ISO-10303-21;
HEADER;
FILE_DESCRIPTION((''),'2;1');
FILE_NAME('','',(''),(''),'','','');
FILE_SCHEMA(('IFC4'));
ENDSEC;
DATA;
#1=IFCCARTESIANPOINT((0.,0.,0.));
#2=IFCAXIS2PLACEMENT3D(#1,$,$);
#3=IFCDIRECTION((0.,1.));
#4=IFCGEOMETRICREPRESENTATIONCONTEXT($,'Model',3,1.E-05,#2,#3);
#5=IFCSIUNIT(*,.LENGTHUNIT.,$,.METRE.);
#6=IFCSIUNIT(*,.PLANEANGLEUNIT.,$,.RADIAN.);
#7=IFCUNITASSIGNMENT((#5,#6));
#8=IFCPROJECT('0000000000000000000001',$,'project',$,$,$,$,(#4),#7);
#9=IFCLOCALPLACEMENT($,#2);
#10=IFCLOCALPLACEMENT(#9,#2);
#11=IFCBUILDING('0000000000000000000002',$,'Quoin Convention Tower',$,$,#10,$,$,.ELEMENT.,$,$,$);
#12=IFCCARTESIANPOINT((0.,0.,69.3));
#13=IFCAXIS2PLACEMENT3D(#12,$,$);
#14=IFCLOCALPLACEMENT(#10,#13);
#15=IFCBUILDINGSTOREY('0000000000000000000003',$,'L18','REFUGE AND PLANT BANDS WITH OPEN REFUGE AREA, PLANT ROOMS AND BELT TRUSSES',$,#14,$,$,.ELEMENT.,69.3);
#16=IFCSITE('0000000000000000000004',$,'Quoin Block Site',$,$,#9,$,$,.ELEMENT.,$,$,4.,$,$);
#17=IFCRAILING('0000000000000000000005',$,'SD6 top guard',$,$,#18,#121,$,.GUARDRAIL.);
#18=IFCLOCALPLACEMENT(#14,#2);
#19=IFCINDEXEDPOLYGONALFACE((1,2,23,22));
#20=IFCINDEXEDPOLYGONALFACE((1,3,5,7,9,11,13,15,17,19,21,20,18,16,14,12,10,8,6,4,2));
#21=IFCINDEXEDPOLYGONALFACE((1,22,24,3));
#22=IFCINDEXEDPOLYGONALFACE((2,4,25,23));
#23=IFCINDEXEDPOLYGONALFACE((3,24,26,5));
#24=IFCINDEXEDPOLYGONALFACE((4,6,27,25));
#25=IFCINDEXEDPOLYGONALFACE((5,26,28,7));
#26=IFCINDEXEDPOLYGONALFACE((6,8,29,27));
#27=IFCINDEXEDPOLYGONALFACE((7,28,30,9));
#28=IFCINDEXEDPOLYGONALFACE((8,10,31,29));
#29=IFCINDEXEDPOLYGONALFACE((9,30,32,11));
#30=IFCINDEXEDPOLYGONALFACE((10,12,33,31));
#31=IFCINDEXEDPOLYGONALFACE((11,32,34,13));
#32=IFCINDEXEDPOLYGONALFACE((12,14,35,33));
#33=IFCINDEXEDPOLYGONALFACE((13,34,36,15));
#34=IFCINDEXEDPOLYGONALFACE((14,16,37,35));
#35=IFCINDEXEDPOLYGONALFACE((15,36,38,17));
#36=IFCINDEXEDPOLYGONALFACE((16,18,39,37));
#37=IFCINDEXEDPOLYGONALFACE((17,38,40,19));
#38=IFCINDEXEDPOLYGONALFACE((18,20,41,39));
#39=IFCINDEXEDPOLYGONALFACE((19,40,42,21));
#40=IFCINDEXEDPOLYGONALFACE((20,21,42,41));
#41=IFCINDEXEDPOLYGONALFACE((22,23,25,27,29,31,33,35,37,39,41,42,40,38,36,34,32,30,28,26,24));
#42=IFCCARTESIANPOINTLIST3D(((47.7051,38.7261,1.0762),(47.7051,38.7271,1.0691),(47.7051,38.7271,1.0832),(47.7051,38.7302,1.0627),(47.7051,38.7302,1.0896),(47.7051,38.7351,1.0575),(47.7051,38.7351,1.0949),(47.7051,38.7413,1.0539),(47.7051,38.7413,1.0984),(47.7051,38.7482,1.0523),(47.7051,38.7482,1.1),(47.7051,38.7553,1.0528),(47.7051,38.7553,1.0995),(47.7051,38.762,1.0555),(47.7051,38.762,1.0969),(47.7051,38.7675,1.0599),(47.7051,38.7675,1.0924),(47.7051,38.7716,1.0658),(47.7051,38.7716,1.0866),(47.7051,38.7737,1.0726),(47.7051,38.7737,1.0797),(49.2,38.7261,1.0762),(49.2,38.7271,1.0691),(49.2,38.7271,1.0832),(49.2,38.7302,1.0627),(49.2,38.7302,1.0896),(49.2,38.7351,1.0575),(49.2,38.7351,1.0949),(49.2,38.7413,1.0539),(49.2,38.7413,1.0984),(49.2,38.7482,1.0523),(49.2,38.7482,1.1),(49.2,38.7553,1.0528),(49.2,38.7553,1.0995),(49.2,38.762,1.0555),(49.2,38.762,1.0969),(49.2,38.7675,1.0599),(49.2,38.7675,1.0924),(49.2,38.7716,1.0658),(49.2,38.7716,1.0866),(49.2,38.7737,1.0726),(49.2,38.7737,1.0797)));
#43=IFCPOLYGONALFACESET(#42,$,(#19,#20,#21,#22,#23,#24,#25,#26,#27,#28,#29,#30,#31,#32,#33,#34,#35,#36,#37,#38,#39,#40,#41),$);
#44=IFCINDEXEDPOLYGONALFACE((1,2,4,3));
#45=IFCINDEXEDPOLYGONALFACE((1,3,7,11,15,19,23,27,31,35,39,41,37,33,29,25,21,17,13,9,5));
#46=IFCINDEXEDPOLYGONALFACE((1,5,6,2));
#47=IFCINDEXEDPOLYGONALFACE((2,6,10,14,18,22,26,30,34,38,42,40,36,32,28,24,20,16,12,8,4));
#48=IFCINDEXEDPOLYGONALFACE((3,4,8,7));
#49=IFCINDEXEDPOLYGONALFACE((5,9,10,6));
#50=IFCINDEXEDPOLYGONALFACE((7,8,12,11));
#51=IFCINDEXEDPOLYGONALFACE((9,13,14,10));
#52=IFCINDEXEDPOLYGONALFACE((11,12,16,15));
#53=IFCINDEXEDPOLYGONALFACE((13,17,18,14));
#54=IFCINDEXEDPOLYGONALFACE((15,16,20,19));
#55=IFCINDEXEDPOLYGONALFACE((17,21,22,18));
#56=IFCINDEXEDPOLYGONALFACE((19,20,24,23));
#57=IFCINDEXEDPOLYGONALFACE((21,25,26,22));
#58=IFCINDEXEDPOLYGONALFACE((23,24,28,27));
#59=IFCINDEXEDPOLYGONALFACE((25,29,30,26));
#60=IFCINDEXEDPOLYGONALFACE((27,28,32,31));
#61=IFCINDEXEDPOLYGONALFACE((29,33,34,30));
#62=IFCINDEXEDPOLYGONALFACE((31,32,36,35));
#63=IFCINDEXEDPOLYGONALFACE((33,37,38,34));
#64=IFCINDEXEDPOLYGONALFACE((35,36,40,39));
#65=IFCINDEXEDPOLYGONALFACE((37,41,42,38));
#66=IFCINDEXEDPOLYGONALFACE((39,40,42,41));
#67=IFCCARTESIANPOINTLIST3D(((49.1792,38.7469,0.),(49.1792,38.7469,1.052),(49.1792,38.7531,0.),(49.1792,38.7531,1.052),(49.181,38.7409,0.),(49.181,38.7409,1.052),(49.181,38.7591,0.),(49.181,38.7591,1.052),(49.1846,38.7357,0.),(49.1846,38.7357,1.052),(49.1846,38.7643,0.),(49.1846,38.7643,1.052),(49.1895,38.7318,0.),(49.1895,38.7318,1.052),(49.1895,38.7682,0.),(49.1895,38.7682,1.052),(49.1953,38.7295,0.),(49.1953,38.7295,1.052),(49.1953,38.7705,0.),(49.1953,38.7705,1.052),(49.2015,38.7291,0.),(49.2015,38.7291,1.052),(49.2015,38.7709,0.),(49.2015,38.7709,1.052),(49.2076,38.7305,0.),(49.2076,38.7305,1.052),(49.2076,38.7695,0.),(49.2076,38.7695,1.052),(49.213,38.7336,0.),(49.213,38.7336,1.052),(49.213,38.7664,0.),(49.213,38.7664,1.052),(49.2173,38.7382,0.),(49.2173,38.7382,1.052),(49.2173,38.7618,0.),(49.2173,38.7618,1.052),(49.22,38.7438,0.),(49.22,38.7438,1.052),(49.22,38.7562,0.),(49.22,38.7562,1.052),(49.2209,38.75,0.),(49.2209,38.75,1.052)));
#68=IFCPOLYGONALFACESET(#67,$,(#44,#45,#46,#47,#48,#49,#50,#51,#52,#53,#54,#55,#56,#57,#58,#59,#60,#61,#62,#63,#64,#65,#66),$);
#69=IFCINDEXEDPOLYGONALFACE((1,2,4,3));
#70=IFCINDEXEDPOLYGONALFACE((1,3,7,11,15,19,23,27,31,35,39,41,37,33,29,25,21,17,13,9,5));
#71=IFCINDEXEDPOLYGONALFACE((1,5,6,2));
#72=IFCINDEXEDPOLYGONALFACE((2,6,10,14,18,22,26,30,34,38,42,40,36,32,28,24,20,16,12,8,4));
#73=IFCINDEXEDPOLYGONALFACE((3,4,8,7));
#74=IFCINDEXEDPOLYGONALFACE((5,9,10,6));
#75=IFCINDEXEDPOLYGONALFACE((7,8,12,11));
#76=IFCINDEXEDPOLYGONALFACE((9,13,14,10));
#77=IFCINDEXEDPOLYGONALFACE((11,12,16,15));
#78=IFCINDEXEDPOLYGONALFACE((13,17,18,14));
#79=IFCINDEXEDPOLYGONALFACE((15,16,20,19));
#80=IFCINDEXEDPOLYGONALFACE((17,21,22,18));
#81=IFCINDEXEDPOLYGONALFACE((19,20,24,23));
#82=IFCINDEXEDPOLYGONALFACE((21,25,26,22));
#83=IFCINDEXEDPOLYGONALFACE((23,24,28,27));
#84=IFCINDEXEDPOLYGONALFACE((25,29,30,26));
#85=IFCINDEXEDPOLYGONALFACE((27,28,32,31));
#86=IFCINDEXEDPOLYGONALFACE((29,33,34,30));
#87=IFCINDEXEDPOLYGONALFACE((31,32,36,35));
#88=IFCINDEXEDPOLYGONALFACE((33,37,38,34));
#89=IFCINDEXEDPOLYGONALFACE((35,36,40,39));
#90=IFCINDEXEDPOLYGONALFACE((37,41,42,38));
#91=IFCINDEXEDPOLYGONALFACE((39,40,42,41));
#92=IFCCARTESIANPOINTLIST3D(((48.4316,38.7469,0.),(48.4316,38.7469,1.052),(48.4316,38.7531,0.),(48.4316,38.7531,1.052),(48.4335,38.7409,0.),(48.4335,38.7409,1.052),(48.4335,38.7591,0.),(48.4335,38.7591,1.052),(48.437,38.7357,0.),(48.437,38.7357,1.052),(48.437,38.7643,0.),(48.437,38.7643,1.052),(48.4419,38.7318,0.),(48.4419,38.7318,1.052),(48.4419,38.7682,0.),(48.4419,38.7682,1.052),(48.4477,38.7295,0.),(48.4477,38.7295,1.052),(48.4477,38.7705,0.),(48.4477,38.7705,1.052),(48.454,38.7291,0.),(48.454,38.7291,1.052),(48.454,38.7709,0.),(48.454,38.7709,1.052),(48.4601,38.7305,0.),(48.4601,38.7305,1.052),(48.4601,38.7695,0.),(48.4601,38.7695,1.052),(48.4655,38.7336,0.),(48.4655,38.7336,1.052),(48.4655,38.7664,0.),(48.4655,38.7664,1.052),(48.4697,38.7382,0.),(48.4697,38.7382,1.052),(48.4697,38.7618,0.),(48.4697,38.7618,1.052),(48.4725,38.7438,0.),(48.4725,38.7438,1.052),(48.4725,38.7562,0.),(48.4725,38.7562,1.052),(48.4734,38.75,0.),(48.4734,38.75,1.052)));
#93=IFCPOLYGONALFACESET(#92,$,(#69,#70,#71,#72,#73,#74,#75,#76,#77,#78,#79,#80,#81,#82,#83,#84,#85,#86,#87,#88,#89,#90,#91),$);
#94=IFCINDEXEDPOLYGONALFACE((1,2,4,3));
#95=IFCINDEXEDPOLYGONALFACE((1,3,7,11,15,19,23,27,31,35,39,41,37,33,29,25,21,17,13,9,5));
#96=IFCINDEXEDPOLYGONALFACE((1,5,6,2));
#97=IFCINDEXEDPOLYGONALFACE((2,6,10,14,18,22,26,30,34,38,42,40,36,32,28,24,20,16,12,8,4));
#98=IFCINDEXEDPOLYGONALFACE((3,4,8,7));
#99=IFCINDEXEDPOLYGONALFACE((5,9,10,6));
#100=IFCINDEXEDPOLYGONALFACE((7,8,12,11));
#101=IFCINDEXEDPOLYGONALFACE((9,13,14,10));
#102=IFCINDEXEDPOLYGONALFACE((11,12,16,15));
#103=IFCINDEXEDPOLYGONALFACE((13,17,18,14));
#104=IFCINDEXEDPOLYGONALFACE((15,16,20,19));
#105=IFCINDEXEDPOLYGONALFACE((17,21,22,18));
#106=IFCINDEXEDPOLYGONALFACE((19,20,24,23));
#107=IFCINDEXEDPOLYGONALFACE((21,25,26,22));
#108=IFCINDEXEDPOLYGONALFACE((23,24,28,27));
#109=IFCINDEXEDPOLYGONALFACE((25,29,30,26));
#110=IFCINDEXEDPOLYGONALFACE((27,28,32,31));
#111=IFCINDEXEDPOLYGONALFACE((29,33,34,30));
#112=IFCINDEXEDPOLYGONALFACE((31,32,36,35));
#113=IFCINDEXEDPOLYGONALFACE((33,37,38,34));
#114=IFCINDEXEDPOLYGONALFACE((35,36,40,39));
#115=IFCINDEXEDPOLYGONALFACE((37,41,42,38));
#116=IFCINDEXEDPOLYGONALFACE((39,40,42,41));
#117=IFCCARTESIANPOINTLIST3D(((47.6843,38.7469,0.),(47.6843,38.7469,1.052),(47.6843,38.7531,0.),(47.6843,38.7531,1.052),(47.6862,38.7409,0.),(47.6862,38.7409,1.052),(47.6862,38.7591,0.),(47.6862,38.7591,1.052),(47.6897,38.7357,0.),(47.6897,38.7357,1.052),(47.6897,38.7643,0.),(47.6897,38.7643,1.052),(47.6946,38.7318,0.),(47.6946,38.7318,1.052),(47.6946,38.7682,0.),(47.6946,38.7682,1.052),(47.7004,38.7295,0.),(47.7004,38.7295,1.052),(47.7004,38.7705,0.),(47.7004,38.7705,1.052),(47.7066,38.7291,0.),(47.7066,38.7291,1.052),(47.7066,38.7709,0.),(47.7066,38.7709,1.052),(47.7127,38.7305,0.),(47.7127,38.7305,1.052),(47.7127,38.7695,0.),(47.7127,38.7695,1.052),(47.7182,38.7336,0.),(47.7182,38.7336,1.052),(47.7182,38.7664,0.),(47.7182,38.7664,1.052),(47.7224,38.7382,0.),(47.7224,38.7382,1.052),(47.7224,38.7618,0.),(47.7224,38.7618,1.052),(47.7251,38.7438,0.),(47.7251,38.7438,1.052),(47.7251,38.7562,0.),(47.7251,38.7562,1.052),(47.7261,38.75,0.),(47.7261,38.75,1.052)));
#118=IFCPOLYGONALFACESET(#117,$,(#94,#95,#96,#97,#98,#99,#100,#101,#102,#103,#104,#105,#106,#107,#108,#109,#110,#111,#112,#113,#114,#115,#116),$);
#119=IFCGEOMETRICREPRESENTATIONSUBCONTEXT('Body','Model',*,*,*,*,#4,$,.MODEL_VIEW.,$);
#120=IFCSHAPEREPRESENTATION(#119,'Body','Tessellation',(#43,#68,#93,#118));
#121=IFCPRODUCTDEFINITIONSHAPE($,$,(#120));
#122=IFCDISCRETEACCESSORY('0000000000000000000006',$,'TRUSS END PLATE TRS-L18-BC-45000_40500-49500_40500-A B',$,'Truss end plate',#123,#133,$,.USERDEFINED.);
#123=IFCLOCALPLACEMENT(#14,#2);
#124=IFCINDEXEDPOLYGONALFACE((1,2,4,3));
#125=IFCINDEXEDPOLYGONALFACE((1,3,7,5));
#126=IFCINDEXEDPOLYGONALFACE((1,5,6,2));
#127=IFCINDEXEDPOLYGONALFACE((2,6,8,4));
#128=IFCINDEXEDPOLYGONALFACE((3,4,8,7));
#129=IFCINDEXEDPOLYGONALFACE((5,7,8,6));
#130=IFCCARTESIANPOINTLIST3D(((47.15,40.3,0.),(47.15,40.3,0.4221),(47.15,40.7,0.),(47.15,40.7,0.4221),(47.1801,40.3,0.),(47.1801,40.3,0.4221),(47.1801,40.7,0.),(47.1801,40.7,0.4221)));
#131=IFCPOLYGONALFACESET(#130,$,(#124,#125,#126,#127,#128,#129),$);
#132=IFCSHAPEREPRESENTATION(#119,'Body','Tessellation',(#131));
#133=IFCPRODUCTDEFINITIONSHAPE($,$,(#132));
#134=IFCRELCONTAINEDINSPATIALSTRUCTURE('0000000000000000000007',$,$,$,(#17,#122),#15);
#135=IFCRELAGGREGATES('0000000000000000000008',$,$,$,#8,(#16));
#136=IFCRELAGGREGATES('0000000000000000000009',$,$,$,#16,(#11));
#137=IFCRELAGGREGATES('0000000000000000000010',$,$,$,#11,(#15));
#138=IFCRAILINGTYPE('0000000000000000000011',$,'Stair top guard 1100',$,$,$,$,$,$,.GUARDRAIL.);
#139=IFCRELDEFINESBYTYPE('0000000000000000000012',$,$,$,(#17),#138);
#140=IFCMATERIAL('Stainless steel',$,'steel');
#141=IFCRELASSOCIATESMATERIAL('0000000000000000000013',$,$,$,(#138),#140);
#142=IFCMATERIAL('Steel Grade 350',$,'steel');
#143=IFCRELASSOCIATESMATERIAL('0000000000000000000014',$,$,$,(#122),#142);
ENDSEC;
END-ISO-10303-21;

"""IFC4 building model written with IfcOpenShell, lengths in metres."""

from ifc_helpers import new_model, si_unit, direction, frame, origin, origin_2d, place, context, subcontext, project, spatial, rectangle, circle, extrude, material, type_object, element, save


model = new_model("IFC4")

# Units and contexts
model_context = context("Model", 3, precision=1e-05, world=origin(), true_north=direction((0.0, 1.0)))
body_context = subcontext(model_context, "Body", "Model", "MODEL_VIEW")
ifc_project = project(units=[si_unit("LENGTHUNIT", "METRE"), si_unit("PLANEANGLEUNIT", "RADIAN")], contexts=[model_context])

# Site, building, storey
site_placement = place(None, origin())
site = spatial("IfcSite", under=ifc_project, at=site_placement, Name="Quoin Block Site", CompositionType="ELEMENT", RefElevation=4.0)
building_placement = place(site_placement, origin())
building = spatial("IfcBuilding", under=site, at=building_placement, Name="Quoin Convention Tower", CompositionType="ELEMENT")
storey_placement = place(building_placement, frame((0.0, 0.0, 69.3)))
storey = spatial("IfcBuildingStorey", under=building, at=storey_placement, Name="L18", Description="REFUGE AND PLANT BANDS WITH OPEN REFUGE AREA, PLANT ROOMS AND BELT TRUSSES", CompositionType="ELEMENT", Elevation=69.3)

# Railing
ifc_material_1 = material(Name="Stainless steel", Category="steel")
railing_type_1 = type_object("IfcRailingType", Name="Stair top guard 1100", PredefinedType="GUARDRAIL", material=ifc_material_1)
railing_1_placement = place(storey_placement, frame((49.2, 38.75, 0.0)))
element("IfcRailing", 1, at=railing_1_placement, inside=storey, type_object=railing_type_1, Name="SD6 top guard", PredefinedType="GUARDRAIL", context=body_context, shape_type="SweptSolid", body=[
    extrude(circle(Radius=0.0239, at=origin_2d()), frame((0.0, 0.0, 1.0762), z_axis=(-1.0, 0.0, 0.0), x_axis=(0.0, -1.0, 0.0)), (0.0, 0.0, 1.0), 1.4949),
    extrude(circle(Radius=0.021, at=origin_2d()), origin(), (0.0, 0.0, 1.0), 1.052),
    extrude(circle(Radius=0.021, at=origin_2d()), frame((-0.7476, 0.0, 0.0)), (0.0, 0.0, 1.0), 1.052),
    extrude(circle(Radius=0.021, at=origin_2d()), frame((-1.4949, 0.0, 0.0)), (0.0, 0.0, 1.0), 1.052),
])

# Discrete accessory
ifc_material_2 = material(Name="Steel Grade 350", Category="steel")
discrete_accessory_placement = place(storey_placement, frame((47.165, 40.5, 0.0), z_axis=(0.0, 0.0, 1.0), x_axis=(1.0, 0.0, 0.0)))
element("IfcDiscreteAccessory", 2, at=discrete_accessory_placement, inside=storey, material=ifc_material_2, Name="TRUSS END PLATE TRS-L18-BC-45000_40500-49500_40500-A B", ObjectType="Truss end plate", PredefinedType="USERDEFINED", context=body_context, shape_type="SweptSolid", body=[
    extrude(rectangle(XDim=0.03, YDim=0.3999, at=origin_2d()), origin(), (0.0, 0.0, 1.0), 0.4221),
])

save(model, "model.ifc")
